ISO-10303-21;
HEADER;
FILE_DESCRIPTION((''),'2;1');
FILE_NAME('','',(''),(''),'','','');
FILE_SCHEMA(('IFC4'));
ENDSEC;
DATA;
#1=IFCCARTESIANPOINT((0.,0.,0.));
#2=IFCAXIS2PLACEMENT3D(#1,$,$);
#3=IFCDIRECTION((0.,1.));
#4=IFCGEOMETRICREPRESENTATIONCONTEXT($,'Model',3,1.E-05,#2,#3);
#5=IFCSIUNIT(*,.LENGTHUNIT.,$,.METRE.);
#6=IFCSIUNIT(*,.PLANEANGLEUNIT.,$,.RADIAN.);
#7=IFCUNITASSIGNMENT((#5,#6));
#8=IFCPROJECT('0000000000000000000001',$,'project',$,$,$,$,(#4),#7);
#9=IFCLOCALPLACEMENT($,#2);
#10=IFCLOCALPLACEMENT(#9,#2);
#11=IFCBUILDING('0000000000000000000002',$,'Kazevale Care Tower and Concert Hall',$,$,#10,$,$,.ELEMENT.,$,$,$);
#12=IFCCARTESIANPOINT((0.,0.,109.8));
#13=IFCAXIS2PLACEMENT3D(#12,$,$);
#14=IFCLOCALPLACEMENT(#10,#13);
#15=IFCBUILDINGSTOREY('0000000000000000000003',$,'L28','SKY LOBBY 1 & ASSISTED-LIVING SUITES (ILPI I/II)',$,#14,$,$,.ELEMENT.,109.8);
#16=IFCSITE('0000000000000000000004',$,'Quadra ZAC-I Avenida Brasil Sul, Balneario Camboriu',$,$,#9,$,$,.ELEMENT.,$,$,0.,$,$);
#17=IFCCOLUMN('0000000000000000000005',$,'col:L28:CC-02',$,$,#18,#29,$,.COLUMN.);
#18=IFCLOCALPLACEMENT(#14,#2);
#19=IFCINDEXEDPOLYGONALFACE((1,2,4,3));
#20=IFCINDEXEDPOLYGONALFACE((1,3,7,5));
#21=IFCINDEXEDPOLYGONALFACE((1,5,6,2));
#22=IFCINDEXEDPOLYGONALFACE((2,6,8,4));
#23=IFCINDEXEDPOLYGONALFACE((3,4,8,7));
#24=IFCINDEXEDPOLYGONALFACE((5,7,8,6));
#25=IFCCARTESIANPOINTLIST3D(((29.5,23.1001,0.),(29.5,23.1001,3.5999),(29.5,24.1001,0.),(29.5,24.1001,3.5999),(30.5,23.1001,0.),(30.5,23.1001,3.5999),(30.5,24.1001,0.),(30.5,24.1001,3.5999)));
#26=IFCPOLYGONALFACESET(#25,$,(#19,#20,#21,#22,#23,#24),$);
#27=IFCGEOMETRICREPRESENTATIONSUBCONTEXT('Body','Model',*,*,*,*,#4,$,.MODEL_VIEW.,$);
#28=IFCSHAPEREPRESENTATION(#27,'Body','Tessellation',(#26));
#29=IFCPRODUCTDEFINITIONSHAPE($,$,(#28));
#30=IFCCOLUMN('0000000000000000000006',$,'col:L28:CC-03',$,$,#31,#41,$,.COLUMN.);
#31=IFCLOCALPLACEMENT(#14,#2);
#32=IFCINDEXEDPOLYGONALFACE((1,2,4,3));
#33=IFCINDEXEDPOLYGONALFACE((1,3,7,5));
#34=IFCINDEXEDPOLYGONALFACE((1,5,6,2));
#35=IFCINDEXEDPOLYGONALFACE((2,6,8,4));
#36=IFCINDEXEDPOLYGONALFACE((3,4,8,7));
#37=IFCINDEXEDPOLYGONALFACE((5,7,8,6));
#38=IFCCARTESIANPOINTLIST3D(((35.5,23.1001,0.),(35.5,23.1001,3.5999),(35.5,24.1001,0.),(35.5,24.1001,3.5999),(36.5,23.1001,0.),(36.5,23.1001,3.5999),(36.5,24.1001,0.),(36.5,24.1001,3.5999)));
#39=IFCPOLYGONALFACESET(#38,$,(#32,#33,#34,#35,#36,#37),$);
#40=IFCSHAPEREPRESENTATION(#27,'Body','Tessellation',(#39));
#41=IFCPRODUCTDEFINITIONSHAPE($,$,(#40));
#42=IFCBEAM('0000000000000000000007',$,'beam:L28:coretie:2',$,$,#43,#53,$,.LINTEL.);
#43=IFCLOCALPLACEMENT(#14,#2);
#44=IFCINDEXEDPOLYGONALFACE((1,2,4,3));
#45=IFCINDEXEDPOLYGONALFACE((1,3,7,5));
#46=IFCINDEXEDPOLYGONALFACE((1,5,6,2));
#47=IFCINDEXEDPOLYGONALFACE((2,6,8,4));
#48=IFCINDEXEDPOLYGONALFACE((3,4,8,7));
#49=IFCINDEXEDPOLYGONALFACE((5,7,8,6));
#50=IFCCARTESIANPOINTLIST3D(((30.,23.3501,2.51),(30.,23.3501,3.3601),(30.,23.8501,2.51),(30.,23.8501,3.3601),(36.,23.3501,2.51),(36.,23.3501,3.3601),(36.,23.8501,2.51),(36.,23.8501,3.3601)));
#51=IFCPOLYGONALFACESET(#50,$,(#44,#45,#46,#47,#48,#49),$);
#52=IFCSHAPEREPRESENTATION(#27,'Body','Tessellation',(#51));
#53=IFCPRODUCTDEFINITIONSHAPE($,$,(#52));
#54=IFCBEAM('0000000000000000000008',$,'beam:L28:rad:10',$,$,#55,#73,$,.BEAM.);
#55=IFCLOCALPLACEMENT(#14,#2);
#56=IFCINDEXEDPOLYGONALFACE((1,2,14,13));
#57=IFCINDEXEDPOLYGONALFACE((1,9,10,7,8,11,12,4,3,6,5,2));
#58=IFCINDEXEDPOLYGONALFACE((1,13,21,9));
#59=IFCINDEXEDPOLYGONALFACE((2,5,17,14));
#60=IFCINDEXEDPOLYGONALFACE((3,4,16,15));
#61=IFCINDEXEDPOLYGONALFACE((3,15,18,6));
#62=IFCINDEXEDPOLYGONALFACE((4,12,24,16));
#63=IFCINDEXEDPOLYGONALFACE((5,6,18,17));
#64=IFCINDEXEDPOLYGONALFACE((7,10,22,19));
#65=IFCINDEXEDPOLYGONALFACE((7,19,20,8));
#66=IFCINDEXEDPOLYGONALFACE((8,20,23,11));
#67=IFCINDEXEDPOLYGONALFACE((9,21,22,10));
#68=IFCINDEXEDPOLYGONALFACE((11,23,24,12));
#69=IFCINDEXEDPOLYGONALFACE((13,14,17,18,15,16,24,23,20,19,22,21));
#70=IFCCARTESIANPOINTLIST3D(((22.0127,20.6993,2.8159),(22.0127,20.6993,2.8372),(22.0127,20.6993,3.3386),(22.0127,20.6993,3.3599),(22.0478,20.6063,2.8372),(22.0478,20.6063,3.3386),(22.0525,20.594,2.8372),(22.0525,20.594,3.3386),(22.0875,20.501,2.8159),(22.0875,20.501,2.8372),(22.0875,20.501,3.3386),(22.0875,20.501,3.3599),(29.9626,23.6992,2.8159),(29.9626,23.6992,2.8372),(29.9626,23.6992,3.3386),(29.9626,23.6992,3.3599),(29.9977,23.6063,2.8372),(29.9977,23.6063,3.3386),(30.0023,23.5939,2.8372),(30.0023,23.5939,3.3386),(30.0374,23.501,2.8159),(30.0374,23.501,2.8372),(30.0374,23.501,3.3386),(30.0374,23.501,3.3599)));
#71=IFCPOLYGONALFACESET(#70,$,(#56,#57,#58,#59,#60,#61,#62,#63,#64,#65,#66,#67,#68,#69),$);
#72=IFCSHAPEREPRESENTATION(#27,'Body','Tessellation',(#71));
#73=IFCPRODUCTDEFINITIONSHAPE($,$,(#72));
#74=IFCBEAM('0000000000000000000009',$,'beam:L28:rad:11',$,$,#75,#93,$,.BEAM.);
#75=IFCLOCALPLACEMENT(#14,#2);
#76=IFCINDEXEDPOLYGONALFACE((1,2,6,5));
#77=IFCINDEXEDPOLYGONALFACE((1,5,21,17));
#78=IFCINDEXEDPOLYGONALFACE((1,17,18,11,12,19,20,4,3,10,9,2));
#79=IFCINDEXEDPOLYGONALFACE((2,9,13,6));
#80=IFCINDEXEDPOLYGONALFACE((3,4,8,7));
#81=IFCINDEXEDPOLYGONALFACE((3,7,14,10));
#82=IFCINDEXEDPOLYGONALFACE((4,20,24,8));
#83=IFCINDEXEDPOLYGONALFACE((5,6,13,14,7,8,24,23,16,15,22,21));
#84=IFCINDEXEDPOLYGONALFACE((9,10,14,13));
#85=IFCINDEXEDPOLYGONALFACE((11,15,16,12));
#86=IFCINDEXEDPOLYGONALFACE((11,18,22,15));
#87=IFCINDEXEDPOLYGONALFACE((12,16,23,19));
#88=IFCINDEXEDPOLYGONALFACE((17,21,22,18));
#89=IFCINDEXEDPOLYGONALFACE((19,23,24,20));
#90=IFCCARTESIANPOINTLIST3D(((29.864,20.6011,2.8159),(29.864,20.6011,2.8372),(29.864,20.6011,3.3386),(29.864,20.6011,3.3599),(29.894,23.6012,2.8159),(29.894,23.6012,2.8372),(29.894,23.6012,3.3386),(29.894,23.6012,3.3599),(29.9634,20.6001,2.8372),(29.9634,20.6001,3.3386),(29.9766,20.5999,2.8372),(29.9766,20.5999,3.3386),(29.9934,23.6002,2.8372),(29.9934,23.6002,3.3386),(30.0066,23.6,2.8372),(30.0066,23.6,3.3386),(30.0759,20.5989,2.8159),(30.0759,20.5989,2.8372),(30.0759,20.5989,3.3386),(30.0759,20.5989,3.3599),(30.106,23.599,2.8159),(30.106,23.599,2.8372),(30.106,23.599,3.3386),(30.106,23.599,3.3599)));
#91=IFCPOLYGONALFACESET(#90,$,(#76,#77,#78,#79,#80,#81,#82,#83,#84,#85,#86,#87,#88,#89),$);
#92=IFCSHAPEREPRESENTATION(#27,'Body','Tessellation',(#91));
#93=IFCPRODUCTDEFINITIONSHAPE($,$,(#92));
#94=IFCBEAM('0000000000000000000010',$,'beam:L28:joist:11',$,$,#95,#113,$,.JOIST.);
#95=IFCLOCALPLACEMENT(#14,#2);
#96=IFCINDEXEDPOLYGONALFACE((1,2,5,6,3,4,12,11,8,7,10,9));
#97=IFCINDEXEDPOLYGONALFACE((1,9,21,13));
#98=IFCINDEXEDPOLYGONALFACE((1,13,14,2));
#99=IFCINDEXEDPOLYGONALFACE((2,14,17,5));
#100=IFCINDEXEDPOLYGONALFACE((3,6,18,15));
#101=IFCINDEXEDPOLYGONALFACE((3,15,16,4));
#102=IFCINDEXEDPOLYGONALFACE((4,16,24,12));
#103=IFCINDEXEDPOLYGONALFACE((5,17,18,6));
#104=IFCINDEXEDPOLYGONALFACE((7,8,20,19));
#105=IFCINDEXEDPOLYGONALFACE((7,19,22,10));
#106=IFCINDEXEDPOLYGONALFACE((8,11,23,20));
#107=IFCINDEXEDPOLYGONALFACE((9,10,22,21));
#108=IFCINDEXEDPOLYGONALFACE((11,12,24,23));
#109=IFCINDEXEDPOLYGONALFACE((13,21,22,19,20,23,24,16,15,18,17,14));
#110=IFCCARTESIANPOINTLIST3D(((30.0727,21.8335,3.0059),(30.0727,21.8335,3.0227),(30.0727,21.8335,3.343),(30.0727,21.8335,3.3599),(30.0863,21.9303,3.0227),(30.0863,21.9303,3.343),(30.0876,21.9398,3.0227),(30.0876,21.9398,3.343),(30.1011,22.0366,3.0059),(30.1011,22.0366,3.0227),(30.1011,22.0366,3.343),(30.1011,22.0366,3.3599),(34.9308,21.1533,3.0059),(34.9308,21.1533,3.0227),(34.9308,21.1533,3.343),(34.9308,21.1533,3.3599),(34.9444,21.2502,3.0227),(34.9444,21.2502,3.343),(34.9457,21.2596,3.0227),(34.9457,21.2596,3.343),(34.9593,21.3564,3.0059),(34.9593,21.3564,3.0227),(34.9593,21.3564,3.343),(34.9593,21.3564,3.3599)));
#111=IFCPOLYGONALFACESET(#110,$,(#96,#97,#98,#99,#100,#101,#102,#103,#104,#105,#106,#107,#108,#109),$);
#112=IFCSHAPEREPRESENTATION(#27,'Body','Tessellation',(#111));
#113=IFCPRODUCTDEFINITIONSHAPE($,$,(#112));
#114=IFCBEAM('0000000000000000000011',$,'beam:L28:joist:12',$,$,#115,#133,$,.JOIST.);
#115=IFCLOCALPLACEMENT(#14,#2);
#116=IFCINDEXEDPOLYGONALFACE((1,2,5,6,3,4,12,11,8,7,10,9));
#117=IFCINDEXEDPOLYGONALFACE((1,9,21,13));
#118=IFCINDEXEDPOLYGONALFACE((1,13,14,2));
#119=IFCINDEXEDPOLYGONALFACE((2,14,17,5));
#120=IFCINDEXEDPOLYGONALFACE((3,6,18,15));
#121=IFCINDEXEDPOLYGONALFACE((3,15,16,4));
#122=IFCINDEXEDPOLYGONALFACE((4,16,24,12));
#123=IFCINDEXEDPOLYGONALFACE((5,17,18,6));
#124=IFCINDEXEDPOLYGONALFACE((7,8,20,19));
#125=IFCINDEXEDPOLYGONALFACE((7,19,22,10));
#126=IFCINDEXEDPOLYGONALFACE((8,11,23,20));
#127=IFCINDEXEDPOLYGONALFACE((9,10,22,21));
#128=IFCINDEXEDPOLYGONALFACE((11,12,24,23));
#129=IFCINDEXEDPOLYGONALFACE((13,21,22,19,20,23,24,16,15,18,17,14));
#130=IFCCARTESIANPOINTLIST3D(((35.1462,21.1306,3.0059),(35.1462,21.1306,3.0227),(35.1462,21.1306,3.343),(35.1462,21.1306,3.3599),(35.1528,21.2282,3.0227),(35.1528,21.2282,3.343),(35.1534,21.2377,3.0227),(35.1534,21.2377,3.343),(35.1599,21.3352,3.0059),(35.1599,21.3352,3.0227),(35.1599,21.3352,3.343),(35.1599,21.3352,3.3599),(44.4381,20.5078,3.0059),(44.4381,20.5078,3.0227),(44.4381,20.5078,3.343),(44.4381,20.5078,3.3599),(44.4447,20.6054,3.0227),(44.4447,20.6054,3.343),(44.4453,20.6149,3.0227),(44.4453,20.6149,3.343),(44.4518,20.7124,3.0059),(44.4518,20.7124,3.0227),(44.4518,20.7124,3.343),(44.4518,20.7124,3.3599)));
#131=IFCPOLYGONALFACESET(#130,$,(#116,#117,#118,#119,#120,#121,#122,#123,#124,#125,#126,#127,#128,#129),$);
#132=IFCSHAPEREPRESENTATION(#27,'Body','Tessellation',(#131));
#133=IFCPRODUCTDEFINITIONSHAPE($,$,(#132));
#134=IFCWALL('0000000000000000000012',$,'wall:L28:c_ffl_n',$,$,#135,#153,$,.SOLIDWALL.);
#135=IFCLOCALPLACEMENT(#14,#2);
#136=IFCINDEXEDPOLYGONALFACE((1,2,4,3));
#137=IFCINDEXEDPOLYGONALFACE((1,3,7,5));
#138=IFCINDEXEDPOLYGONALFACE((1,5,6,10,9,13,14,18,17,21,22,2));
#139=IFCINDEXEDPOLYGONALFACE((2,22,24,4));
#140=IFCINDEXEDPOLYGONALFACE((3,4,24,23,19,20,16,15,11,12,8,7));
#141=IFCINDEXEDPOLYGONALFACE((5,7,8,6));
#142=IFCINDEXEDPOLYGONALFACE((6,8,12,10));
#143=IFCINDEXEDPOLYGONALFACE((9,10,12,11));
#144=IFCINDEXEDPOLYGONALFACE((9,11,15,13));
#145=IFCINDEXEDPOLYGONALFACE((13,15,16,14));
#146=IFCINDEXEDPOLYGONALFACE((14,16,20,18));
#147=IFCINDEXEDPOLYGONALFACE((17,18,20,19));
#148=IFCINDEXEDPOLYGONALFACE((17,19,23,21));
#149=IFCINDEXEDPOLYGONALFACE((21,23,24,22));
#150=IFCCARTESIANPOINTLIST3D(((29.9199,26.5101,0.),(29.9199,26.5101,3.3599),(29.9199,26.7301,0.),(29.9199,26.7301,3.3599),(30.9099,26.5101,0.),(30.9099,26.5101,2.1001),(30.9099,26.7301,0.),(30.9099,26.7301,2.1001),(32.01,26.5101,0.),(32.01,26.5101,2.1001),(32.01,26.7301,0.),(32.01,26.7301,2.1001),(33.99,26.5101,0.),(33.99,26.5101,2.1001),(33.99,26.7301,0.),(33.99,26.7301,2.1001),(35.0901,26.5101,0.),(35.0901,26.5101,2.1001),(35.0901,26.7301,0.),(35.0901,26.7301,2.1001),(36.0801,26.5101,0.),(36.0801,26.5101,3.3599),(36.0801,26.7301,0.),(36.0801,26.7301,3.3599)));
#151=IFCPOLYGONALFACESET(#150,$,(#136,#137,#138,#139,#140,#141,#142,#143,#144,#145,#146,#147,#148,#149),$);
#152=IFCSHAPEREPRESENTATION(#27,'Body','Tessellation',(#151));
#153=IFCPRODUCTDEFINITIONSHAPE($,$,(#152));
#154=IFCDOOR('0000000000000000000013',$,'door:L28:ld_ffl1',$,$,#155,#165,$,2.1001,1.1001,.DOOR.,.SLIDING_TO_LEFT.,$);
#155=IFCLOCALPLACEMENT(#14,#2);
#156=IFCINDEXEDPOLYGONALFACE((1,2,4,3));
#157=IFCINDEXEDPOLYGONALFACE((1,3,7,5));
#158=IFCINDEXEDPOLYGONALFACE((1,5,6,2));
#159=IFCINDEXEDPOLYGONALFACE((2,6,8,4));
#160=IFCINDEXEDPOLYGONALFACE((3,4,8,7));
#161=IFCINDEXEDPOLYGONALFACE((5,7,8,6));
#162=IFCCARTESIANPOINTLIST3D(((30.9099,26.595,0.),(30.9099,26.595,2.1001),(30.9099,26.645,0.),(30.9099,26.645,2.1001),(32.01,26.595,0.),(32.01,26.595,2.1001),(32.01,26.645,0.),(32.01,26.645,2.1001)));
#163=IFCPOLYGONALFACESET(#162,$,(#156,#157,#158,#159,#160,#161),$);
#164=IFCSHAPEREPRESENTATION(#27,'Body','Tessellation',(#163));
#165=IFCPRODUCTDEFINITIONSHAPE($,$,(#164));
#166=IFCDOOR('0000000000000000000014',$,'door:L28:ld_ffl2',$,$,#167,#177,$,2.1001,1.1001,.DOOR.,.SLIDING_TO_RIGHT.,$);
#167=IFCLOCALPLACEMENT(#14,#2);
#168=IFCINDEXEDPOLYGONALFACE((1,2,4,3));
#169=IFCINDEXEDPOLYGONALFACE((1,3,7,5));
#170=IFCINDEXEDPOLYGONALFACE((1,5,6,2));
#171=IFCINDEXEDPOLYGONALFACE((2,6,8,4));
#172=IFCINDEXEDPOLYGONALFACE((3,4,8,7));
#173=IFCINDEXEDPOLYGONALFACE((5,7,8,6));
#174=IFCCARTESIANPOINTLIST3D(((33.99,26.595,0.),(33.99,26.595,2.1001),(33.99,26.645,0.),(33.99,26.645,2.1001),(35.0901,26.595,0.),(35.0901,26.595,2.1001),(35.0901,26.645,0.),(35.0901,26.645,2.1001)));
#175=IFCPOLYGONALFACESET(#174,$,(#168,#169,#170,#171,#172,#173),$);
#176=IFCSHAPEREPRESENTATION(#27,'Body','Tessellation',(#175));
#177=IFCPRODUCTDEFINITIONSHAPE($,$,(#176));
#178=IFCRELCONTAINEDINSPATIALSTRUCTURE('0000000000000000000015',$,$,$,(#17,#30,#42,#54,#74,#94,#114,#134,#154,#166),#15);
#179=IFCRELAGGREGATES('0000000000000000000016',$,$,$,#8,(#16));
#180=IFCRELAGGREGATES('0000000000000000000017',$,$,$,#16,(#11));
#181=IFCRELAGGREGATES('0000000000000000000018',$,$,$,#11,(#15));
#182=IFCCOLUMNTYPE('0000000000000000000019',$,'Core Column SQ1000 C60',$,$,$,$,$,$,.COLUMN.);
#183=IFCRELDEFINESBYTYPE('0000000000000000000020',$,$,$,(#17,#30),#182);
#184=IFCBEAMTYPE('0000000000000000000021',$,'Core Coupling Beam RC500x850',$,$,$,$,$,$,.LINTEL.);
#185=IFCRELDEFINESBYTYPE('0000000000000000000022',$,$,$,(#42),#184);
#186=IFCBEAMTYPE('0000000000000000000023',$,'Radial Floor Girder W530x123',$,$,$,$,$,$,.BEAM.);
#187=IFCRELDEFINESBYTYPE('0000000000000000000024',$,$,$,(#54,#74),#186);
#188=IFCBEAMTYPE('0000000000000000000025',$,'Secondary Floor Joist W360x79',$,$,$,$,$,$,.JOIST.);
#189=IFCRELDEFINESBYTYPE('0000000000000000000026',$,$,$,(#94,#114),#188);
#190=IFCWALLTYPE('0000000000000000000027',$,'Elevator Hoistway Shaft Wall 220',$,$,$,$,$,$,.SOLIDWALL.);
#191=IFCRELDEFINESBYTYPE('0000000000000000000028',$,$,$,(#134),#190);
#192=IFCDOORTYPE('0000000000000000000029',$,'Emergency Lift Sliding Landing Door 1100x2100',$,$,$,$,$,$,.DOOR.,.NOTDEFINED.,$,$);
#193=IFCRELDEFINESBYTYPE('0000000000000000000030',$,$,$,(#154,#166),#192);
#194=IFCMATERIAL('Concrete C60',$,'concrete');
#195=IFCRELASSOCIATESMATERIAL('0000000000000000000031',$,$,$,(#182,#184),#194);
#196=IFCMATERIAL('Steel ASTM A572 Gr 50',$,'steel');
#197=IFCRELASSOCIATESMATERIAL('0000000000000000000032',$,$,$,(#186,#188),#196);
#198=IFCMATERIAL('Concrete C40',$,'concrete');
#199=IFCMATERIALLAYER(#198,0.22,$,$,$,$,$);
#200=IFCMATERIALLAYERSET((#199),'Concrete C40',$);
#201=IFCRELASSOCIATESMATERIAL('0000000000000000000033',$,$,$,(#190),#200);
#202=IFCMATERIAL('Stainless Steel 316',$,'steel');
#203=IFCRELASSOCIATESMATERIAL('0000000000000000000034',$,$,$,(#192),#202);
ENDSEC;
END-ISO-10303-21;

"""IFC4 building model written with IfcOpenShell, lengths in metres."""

from ifc_helpers import new_model, si_unit, direction, frame, frame_2d, origin, origin_2d, place, context, subcontext, project, spatial, rectangle, i_section, extrude, material, layer, layer_set, material_profile, profile_set, type_object, element, fill, save


model = new_model("IFC4")

# Units and contexts
model_context = context("Model", 3, precision=1e-05, world=origin(), true_north=direction((0.0, 1.0)))
body_context = subcontext(model_context, "Body", "Model", "MODEL_VIEW")
ifc_project = project(units=[si_unit("LENGTHUNIT", "METRE"), si_unit("PLANEANGLEUNIT", "RADIAN")], contexts=[model_context])

# Site, building, storey
site_placement = place(None, origin())
site = spatial("IfcSite", under=ifc_project, at=site_placement, Name="Quadra ZAC-I Avenida Brasil Sul, Balneario Camboriu", CompositionType="ELEMENT", RefElevation=0.0)
building_placement = place(site_placement, origin())
building = spatial("IfcBuilding", under=site, at=building_placement, Name="Kazevale Care Tower and Concert Hall", CompositionType="ELEMENT")
storey_placement = place(building_placement, frame((0.0, 0.0, 109.8)))
storey = spatial("IfcBuildingStorey", under=building, at=storey_placement, Name="L28", Description="SKY LOBBY 1 & ASSISTED-LIVING SUITES (ILPI I/II)", CompositionType="ELEMENT", Elevation=109.8)

# Columns
ifc_material_1 = material(Name="Concrete C60", Category="concrete")
ifc_material_profile_1 = material_profile(ifc_material_1, rectangle(XDim=1.0, YDim=1.0, at=origin_2d()), Name="RC-SQ1000")
ifc_profile_set_1 = profile_set([ifc_material_profile_1], Name="Concrete C60")
column_type = type_object("IfcColumnType", Name="Core Column SQ1000 C60", PredefinedType="COLUMN", material=ifc_profile_set_1)
for number, where, z_axis, x_axis, name in (
    (1, (30.0, 23.6001, 0.0), (0.0, 0.0, 1.0), (1.0, 0.0, 0.0), "col:L28:CC-02"),
    (2, (36.0, 23.6001, 0.0), (0.0, 0.0, 1.0), (1.0, 0.0, 0.0), "col:L28:CC-03"),
):
    element("IfcColumn", number, at=place(storey_placement, frame(where, z_axis=z_axis, x_axis=x_axis)), inside=storey, type_object=column_type, Name=name, PredefinedType="COLUMN", context=body_context, shape_type="SweptSolid", body=[
        extrude(rectangle(XDim=1.0, YDim=1.0, at=origin_2d()), origin(), (0.0, 0.0, 1.0), 3.5999),
    ])

# Beams
ifc_material_profile_2 = material_profile(ifc_material_1, rectangle(XDim=0.5, YDim=0.8501, at=origin_2d()), Name="RC-B500x850")
ifc_profile_set_2 = profile_set([ifc_material_profile_2], Name="Concrete C60")
beam_type_1 = type_object("IfcBeamType", Name="Core Coupling Beam RC500x850", PredefinedType="LINTEL", material=ifc_profile_set_2)
beam_1_placement = place(storey_placement, frame((30.0, 23.6001, 2.9351), z_axis=(1.0, 0.0, 0.0), x_axis=(0.0, 1.0, 0.0)))
element("IfcBeam", 3, at=beam_1_placement, inside=storey, type_object=beam_type_1, Name="beam:L28:coretie:2", PredefinedType="LINTEL", context=body_context, shape_type="SweptSolid", body=[
    extrude(rectangle(XDim=0.5, YDim=0.8501, at=origin_2d()), origin(), (0.0, 0.0, 1.0), 6.0),
])
ifc_material_2 = material(Name="Steel ASTM A572 Gr 50", Category="steel")
ifc_material_profile_3 = material_profile(ifc_material_2, i_section(OverallWidth=0.2119, OverallDepth=0.5439, WebThickness=0.0132, FlangeThickness=0.0212, at=origin_2d()), Name="W530x123")
ifc_profile_set_3 = profile_set([ifc_material_profile_3], Name="Steel ASTM A572 Gr 50")
beam_type_2 = type_object("IfcBeamType", Name="Radial Floor Girder W530x123", PredefinedType="BEAM", material=ifc_profile_set_3)
beam_2_placement = place(storey_placement, frame((30.0, 23.6001, 3.0879), z_axis=(-0.935601, -0.353059, 0.0), x_axis=(0.353059, -0.935601, 0.0)))
element("IfcBeam", 4, at=beam_2_placement, inside=storey, type_object=beam_type_2, Name="beam:L28:rad:10", PredefinedType="BEAM", context=body_context, shape_type="SweptSolid", body=[
    extrude(i_section(OverallWidth=0.2119, OverallDepth=0.5439, WebThickness=0.0132, FlangeThickness=0.0212, at=origin_2d()), origin(), (0.0, 0.0, 1.0), 8.4971),
])
beam_3_placement = place(storey_placement, frame((30.0, 23.6001, 3.0879), z_axis=(-0.010009, -0.99995, 0.0), x_axis=(0.99995, -0.010009, 0.0)))
element("IfcBeam", 5, at=beam_3_placement, inside=storey, type_object=beam_type_2, Name="beam:L28:rad:11", PredefinedType="BEAM", context=body_context, shape_type="SweptSolid", body=[
    extrude(i_section(OverallWidth=0.2119, OverallDepth=0.5439, WebThickness=0.0132, FlangeThickness=0.0212, at=origin_2d()), origin(), (0.0, 0.0, 1.0), 3.0002),
])
ifc_material_profile_4 = material_profile(ifc_material_2, i_section(OverallWidth=0.2051, OverallDepth=0.354, WebThickness=0.0095, FlangeThickness=0.0168, at=origin_2d()), Name="W360x79")
ifc_profile_set_4 = profile_set([ifc_material_profile_4], Name="Steel ASTM A572 Gr 50")
beam_type_3 = type_object("IfcBeamType", Name="Secondary Floor Joist W360x79", PredefinedType="JOIST", material=ifc_profile_set_4)
beam_4_placement = place(storey_placement, frame((30.0869, 21.9351, 3.1829), z_axis=(0.990341, -0.138655, 0.0), x_axis=(0.138655, 0.990341, 0.0)))
element("IfcBeam", 6, at=beam_4_placement, inside=storey, type_object=beam_type_3, Name="beam:L28:joist:11", PredefinedType="JOIST", context=body_context, shape_type="SweptSolid", body=[
    extrude(i_section(OverallWidth=0.2051, OverallDepth=0.354, WebThickness=0.0095, FlangeThickness=0.0168, at=origin_2d()), origin(), (0.0, 0.0, 1.0), 4.9055),
])
beam_5_placement = place(storey_placement, frame((35.1531, 21.2329, 3.1829), z_axis=(0.997761, -0.066876, 0.0), x_axis=(0.066876, 0.997761, 0.0)))
element("IfcBeam", 7, at=beam_5_placement, inside=storey, type_object=beam_type_3, Name="beam:L28:joist:12", PredefinedType="JOIST", context=body_context, shape_type="SweptSolid", body=[
    extrude(i_section(OverallWidth=0.2051, OverallDepth=0.354, WebThickness=0.0095, FlangeThickness=0.0168, at=origin_2d()), origin(), (0.0, 0.0, 1.0), 9.3127),
])

# Wall, openings, doors
ifc_material_3 = material(Name="Concrete C40", Category="concrete")
ifc_layer_1 = layer(ifc_material_3, 0.22)
ifc_layer_set_1 = layer_set([ifc_layer_1], Name="Concrete C40")
wall_type_1 = type_object("IfcWallType", Name="Elevator Hoistway Shaft Wall 220", PredefinedType="SOLIDWALL", material=ifc_layer_set_1)
wall_1_placement = place(storey_placement, frame((29.9199, 26.6201, 0.0), z_axis=(0.0, 0.0, 1.0), x_axis=(1.0, 0.0, 0.0)))
wall_1 = element("IfcWall", 8, at=wall_1_placement, inside=storey, type_object=wall_type_1, Name="wall:L28:c_ffl_n", PredefinedType="SOLIDWALL", context=body_context, shape_type="SweptSolid", body=[
    extrude(rectangle(XDim=6.1602, YDim=0.22, at=frame_2d((3.0801, 0.0))), origin(), (0.0, 0.0, 1.0), 3.3599),
])
opening_1_placement = place(wall_1_placement, frame((0.99, 0.0, 0.0)))
opening_1 = element("IfcOpeningElement", 9, at=opening_1_placement, cuts=wall_1, PredefinedType="OPENING", context=body_context, shape_type="SweptSolid", body=[
    extrude(rectangle(XDim=1.1001, YDim=2.1001, at=frame_2d((0.55, 1.05))), frame((0.0, 0.1199, 0.0), z_axis=(0.0, -1.0, 0.0), x_axis=(1.0, 0.0, 0.0)), (0.0, 0.0, 1.0), 0.24),
])
opening_2_placement = place(wall_1_placement, frame((4.0701, 0.0, 0.0)))
opening_2 = element("IfcOpeningElement", 10, at=opening_2_placement, cuts=wall_1, PredefinedType="OPENING", context=body_context, shape_type="SweptSolid", body=[
    extrude(rectangle(XDim=1.1001, YDim=2.1001, at=frame_2d((0.55, 1.05))), frame((0.0, 0.1199, 0.0), z_axis=(0.0, -1.0, 0.0), x_axis=(1.0, 0.0, 0.0)), (0.0, 0.0, 1.0), 0.24),
])
ifc_material_4 = material(Name="Stainless Steel 316", Category="steel")
door_type_1 = type_object("IfcDoorType", Name="Emergency Lift Sliding Landing Door 1100x2100", OperationType="NOTDEFINED", PredefinedType="DOOR", material=ifc_material_4)
door_1_placement = place(opening_1_placement, origin())
door_1 = element("IfcDoor", 11, at=door_1_placement, inside=storey, type_object=door_type_1, Name="door:L28:ld_ffl1", OperationType="SLIDING_TO_LEFT", OverallHeight=2.1001, OverallWidth=1.1001, PredefinedType="DOOR", context=body_context, shape_type="SweptSolid", body=[
    extrude(rectangle(XDim=1.1001, YDim=2.1001, at=frame_2d((0.55, 1.05))), frame((0.0, 0.0249, 0.0), z_axis=(0.0, -1.0, 0.0), x_axis=(1.0, 0.0, 0.0)), (0.0, 0.0, 1.0), 0.05),
])
fill(opening_1, door_1)
door_2_placement = place(opening_2_placement, origin())
door_2 = element("IfcDoor", 12, at=door_2_placement, inside=storey, type_object=door_type_1, Name="door:L28:ld_ffl2", OperationType="SLIDING_TO_RIGHT", OverallHeight=2.1001, OverallWidth=1.1001, PredefinedType="DOOR", context=body_context, shape_type="SweptSolid", body=[
    extrude(rectangle(XDim=1.1001, YDim=2.1001, at=frame_2d((0.55, 1.05))), frame((0.0, 0.0249, 0.0), z_axis=(0.0, -1.0, 0.0), x_axis=(1.0, 0.0, 0.0)), (0.0, 0.0, 1.0), 0.05),
])
fill(opening_2, door_2)

save(model, "model.ifc")
